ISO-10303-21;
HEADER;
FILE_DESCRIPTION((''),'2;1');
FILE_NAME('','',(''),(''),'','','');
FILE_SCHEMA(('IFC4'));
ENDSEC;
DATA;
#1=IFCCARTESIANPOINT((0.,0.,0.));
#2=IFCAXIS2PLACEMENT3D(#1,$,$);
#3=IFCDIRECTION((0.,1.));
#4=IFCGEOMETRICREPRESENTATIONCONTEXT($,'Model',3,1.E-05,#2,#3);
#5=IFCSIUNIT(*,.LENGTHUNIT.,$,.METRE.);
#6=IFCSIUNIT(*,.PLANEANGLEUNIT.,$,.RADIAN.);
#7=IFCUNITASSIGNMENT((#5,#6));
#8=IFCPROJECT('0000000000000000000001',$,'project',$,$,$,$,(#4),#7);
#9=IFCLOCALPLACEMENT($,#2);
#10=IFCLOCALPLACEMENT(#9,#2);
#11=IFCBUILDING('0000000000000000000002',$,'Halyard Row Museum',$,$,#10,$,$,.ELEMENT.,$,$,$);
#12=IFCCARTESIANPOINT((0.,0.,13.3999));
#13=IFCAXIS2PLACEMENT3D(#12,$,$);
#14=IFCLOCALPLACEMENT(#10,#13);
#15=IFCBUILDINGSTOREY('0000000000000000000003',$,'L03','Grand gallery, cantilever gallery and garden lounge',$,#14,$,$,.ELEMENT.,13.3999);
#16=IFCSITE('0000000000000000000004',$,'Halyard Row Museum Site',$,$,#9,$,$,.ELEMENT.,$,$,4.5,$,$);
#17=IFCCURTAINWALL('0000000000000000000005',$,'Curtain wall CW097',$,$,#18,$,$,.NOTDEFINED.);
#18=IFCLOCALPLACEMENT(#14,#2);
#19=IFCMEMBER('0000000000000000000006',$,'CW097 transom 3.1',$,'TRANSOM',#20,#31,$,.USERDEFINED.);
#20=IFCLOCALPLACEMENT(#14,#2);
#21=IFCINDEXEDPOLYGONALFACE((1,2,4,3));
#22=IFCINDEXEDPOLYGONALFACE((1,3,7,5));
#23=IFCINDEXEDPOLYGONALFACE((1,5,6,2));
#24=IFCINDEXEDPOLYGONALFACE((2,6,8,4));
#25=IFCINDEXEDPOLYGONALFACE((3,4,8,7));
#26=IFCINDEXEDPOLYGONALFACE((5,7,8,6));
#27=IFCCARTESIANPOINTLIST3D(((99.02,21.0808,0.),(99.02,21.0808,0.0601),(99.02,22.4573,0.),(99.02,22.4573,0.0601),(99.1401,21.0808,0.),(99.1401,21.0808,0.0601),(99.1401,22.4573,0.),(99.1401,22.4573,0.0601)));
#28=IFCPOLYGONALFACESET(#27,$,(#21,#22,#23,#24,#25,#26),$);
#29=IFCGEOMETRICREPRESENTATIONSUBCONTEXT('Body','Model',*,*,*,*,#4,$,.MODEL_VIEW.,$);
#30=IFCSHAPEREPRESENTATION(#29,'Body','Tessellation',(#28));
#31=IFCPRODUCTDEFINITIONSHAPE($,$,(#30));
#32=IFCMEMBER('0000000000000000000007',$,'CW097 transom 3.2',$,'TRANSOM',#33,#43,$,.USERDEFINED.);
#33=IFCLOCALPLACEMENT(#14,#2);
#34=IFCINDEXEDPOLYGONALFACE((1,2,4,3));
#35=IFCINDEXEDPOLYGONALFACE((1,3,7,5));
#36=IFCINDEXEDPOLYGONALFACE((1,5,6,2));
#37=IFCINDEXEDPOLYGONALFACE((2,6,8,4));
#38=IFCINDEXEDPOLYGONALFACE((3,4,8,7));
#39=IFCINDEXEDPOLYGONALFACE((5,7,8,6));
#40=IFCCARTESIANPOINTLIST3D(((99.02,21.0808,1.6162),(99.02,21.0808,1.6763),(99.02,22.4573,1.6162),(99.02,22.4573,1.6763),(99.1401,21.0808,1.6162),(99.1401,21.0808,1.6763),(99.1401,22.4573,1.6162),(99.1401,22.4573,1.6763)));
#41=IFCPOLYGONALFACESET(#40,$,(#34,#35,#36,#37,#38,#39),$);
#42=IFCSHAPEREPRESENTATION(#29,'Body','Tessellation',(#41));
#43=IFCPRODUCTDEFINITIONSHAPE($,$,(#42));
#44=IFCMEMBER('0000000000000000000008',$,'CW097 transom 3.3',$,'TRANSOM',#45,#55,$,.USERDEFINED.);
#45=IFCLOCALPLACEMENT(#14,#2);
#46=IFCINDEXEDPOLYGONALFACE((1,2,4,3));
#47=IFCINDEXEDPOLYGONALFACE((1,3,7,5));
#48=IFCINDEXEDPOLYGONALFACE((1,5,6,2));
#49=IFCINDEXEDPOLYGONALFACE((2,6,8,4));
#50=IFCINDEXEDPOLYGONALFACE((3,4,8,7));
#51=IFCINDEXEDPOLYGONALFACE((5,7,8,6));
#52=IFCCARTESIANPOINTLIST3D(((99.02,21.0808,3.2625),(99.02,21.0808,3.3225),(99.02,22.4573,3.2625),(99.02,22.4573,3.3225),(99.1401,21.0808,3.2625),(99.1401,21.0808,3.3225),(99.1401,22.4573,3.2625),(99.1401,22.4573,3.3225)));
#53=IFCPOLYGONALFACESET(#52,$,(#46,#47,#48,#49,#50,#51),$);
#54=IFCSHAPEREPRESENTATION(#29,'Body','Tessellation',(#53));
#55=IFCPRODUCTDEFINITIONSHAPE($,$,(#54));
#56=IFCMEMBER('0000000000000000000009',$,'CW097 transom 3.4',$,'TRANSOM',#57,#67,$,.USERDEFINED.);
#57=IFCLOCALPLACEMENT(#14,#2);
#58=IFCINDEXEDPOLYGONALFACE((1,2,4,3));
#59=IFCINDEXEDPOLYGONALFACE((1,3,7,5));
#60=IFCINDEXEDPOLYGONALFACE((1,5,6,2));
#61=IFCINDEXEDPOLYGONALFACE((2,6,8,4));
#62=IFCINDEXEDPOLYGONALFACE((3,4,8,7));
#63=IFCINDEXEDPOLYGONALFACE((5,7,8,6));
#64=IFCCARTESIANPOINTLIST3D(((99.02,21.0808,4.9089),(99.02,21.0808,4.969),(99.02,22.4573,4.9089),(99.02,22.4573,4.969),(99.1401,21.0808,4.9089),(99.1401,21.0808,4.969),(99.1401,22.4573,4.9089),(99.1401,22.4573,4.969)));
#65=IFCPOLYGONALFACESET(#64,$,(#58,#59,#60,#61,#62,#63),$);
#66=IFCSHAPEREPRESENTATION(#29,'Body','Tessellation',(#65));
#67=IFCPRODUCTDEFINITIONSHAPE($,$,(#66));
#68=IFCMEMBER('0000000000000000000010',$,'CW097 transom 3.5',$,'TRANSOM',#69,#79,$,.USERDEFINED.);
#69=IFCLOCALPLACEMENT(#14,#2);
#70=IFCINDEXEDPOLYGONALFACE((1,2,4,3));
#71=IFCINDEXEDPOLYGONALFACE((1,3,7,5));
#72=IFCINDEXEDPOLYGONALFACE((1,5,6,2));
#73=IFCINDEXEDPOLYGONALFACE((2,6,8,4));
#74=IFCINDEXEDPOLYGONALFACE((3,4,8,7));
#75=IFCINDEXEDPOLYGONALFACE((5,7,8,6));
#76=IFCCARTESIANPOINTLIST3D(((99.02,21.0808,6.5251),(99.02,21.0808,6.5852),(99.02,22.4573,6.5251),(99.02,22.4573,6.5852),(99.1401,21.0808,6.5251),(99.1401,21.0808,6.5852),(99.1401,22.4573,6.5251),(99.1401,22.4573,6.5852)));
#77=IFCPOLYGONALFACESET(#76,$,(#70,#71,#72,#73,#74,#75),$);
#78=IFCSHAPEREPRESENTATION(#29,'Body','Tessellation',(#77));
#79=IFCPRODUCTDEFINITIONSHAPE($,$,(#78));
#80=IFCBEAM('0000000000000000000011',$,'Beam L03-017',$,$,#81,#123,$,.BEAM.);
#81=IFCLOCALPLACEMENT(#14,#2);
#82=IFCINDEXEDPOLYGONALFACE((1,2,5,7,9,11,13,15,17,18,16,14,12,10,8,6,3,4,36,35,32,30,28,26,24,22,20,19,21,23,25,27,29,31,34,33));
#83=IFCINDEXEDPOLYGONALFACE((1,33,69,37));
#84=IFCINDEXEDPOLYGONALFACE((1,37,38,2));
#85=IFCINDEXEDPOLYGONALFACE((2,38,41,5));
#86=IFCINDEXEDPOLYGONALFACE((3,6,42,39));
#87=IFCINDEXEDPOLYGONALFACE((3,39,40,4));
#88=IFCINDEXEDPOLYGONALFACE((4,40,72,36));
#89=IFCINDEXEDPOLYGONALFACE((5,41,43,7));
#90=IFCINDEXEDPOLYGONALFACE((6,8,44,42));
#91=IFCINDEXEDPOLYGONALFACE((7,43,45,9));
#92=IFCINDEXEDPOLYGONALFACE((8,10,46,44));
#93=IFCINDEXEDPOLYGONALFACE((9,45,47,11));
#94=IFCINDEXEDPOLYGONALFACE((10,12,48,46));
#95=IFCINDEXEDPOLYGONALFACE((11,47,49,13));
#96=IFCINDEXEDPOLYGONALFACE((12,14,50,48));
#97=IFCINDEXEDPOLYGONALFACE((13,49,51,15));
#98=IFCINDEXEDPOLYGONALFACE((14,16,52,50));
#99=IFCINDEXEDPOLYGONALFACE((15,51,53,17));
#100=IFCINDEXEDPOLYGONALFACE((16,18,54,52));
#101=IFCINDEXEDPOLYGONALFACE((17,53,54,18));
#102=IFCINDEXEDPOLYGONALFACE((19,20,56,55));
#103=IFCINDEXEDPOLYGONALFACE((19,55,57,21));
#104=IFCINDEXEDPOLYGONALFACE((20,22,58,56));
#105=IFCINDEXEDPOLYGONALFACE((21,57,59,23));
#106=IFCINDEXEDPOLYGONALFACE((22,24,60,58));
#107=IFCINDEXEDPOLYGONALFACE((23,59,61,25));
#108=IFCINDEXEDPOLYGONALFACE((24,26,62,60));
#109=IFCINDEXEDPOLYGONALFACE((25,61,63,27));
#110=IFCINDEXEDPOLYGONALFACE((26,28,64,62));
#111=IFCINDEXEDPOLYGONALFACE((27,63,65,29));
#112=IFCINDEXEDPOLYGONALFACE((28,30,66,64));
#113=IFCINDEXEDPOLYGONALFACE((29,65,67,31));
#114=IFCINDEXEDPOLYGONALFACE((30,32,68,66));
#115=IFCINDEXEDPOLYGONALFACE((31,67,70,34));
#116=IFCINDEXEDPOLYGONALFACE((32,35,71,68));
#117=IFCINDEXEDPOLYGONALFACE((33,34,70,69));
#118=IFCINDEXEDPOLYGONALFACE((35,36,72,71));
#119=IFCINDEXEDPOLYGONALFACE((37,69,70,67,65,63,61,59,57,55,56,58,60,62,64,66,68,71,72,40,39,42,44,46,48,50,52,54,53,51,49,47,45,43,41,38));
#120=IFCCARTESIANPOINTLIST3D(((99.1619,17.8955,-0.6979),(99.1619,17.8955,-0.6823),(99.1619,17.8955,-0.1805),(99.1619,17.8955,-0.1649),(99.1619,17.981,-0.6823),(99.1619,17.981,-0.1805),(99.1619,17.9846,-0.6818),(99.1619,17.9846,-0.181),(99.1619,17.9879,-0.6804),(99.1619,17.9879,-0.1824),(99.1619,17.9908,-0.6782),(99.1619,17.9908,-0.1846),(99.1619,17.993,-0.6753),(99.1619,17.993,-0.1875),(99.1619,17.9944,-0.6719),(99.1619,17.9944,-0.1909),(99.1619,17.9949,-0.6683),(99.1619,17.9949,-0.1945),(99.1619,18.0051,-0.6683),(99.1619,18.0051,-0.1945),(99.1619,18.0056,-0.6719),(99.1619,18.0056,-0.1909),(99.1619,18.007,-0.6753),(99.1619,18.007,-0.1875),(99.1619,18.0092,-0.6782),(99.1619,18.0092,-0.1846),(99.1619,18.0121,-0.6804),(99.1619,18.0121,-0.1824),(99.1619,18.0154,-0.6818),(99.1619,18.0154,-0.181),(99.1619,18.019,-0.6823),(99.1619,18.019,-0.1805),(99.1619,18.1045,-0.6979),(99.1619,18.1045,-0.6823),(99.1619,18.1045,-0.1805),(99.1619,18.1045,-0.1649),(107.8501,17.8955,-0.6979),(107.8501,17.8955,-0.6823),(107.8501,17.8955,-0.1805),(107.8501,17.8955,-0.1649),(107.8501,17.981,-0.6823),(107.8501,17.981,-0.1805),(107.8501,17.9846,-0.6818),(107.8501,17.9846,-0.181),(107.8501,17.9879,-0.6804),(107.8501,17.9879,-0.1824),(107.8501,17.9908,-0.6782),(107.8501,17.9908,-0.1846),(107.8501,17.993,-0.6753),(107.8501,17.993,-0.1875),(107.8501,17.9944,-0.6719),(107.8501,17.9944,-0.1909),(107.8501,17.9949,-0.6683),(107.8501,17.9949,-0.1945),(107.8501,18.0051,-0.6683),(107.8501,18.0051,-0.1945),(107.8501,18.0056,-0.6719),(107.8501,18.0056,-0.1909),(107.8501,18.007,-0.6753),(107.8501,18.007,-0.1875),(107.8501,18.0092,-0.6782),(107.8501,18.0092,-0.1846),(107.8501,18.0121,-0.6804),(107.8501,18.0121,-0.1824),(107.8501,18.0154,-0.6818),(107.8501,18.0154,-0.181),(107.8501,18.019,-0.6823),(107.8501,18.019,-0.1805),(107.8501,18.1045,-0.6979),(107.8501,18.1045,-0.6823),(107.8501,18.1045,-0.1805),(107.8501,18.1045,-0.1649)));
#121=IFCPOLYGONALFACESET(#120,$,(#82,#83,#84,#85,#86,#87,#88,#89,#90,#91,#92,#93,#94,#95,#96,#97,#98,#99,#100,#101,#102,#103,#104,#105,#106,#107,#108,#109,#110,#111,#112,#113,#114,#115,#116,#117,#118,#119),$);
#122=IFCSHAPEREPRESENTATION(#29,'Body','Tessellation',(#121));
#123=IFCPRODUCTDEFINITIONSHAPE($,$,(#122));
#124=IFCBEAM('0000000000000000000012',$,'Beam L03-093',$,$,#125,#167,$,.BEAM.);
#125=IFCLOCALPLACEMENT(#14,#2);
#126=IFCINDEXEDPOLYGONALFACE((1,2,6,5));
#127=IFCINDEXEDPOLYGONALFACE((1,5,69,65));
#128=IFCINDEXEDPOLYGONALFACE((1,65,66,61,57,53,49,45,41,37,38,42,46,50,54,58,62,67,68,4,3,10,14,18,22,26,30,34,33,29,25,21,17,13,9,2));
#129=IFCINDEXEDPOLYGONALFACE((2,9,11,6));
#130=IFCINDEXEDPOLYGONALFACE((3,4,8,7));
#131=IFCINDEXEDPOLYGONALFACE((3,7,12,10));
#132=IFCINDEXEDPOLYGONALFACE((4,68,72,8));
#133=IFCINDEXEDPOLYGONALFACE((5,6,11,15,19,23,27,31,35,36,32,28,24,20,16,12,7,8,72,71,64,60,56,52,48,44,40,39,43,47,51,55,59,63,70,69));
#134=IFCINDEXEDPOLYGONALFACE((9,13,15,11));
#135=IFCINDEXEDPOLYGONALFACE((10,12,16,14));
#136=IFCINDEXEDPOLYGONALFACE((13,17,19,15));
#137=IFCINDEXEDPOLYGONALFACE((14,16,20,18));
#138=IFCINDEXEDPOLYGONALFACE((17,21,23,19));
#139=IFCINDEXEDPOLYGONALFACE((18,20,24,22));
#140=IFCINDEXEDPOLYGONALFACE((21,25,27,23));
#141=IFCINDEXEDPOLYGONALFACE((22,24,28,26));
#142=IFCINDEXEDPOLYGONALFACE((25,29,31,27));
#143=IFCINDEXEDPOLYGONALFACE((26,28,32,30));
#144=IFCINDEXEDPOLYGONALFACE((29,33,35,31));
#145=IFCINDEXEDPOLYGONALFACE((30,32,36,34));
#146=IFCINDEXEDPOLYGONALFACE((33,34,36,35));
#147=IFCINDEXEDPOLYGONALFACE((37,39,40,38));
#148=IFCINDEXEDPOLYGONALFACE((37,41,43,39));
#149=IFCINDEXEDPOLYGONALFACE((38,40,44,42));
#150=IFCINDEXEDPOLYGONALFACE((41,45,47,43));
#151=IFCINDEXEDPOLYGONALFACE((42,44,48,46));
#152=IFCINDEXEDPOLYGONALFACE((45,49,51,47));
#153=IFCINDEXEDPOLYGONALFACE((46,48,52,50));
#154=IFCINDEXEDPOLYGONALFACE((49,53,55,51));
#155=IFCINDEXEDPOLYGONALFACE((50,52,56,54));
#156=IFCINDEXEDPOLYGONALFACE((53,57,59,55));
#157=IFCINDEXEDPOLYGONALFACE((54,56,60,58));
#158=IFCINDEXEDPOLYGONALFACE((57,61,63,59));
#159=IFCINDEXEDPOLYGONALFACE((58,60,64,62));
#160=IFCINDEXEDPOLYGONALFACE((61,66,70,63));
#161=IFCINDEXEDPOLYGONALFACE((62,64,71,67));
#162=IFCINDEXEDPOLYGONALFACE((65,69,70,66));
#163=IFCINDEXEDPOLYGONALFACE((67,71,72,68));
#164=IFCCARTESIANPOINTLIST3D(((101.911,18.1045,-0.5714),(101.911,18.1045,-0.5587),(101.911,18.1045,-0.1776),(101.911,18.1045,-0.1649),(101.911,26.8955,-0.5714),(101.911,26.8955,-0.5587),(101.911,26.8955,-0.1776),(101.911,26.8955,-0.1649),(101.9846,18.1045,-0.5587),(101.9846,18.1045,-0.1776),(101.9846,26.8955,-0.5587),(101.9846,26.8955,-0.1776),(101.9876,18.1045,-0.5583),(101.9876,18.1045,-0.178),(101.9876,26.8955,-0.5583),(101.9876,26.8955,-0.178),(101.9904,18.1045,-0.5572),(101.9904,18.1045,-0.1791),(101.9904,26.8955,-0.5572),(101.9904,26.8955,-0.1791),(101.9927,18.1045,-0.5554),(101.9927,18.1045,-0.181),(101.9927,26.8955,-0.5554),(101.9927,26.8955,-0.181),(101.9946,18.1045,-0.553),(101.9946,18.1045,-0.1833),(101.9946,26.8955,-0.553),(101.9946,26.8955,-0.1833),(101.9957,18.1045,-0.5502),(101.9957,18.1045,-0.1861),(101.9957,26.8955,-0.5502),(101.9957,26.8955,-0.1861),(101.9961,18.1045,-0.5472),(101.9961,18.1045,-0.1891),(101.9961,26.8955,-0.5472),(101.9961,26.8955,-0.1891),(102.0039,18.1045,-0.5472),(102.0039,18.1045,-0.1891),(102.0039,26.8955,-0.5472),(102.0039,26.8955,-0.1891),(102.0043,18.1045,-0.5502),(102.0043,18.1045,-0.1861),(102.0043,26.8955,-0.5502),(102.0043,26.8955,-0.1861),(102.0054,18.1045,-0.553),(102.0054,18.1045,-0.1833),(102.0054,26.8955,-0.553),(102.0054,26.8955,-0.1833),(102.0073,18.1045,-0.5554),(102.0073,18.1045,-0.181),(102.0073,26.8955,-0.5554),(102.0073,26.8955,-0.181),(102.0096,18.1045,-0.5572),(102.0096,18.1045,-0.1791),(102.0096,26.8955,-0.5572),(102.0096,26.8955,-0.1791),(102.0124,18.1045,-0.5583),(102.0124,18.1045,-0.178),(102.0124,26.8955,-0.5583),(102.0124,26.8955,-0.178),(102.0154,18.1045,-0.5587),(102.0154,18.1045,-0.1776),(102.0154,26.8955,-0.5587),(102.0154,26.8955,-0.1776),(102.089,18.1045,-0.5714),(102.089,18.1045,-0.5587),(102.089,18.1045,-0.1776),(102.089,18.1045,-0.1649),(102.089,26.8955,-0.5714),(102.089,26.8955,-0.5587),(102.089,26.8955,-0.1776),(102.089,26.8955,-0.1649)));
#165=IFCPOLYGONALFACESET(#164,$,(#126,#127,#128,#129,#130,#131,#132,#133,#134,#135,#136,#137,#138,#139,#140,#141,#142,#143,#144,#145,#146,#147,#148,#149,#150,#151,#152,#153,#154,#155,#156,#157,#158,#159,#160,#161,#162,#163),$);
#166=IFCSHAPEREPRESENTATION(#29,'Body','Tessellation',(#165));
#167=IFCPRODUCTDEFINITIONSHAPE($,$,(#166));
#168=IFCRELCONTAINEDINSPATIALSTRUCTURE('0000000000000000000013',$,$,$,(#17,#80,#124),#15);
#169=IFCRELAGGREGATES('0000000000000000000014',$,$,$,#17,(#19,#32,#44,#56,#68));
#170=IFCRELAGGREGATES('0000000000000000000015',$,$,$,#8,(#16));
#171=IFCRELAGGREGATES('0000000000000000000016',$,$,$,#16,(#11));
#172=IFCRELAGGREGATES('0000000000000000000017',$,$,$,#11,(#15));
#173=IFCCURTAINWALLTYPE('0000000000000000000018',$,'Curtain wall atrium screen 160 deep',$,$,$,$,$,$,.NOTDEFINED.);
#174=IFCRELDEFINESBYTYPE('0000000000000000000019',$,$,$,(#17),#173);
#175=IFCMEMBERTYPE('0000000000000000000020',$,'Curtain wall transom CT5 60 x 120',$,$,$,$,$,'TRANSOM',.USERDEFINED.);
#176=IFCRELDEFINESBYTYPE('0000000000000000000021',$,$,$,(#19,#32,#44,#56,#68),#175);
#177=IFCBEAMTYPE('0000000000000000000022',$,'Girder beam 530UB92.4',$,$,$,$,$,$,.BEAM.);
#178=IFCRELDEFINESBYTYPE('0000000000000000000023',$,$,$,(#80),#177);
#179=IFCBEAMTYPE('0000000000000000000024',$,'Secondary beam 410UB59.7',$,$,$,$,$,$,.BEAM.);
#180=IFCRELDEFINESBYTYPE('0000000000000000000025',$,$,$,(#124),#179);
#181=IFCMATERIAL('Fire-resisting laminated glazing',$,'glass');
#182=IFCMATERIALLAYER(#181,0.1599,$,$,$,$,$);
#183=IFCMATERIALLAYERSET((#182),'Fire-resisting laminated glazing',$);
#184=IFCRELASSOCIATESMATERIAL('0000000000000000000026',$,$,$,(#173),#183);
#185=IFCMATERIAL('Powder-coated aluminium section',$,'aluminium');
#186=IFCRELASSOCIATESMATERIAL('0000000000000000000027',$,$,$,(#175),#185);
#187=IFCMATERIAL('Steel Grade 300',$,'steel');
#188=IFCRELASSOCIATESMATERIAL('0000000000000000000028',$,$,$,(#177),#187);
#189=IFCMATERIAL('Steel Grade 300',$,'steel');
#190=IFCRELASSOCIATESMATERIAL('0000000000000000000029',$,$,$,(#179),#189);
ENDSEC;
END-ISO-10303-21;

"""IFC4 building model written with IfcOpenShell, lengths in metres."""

from ifc_helpers import new_model, si_unit, direction, frame, origin, origin_2d, place, context, subcontext, project, spatial, rectangle, i_section, extrude, material, layer, layer_set, material_profile, profile_set, type_object, element, aggregate, save


model = new_model("IFC4")

# Units and contexts
model_context = context("Model", 3, precision=1e-05, world=origin(), true_north=direction((0.0, 1.0)))
body_context = subcontext(model_context, "Body", "Model", "MODEL_VIEW")
ifc_project = project(units=[si_unit("LENGTHUNIT", "METRE"), si_unit("PLANEANGLEUNIT", "RADIAN")], contexts=[model_context])

# Site, building, storey
site_placement = place(None, origin())
site = spatial("IfcSite", under=ifc_project, at=site_placement, Name="Halyard Row Museum Site", CompositionType="ELEMENT", RefElevation=4.5)
building_placement = place(site_placement, origin())
building = spatial("IfcBuilding", under=site, at=building_placement, Name="Halyard Row Museum", CompositionType="ELEMENT")
storey_placement = place(building_placement, frame((0.0, 0.0, 13.3999)))
storey = spatial("IfcBuildingStorey", under=building, at=storey_placement, Name="L03", Description="Grand gallery, cantilever gallery and garden lounge", CompositionType="ELEMENT", Elevation=13.3999)

# Curtain wall
ifc_material_1 = material(Name="Fire-resisting laminated glazing", Category="glass")
ifc_layer_1 = layer(ifc_material_1, 0.1599)
ifc_layer_set_1 = layer_set([ifc_layer_1], Name="Fire-resisting laminated glazing")
curtain_wall_type_1 = type_object("IfcCurtainWallType", Name="Curtain wall atrium screen 160 deep", PredefinedType="NOTDEFINED", material=ifc_layer_set_1)
curtain_wall_1_placement = place(storey_placement, origin())
curtain_wall_1 = element("IfcCurtainWall", 1, at=curtain_wall_1_placement, inside=storey, type_object=curtain_wall_type_1, Name="Curtain wall CW097", PredefinedType="NOTDEFINED")

# Members
ifc_material_2 = material(Name="Powder-coated aluminium section", Category="aluminium")
ifc_material_profile_1 = material_profile(ifc_material_2, rectangle(XDim=0.1201, YDim=0.0601, at=origin_2d()), Name="120x60 transom")
ifc_profile_set_1 = profile_set([ifc_material_profile_1], Name="Powder-coated aluminium section")
member_type_1 = type_object("IfcMemberType", Name="Curtain wall transom CT5 60 x 120", ElementType="TRANSOM", PredefinedType="USERDEFINED", material=ifc_profile_set_1)
member_1_placement = place(storey_placement, frame((99.0801, 21.0808, 0.03), z_axis=(0.0, 1.0, 0.0), x_axis=(-1.0, 0.0, 0.0)))
member_1 = element("IfcMember", 2, at=member_1_placement, type_object=member_type_1, Name="CW097 transom 3.1", ObjectType="TRANSOM", PredefinedType="USERDEFINED", context=body_context, shape_type="SweptSolid", body=[
    extrude(rectangle(XDim=0.1201, YDim=0.0601, at=origin_2d()), origin(), (0.0, 0.0, 1.0), 1.3765),
])
member_2_placement = place(storey_placement, frame((99.0801, 21.0808, 1.6462), z_axis=(0.0, 1.0, 0.0), x_axis=(-1.0, 0.0, 0.0)))
member_2 = element("IfcMember", 3, at=member_2_placement, type_object=member_type_1, Name="CW097 transom 3.2", ObjectType="TRANSOM", PredefinedType="USERDEFINED", context=body_context, shape_type="SweptSolid", body=[
    extrude(rectangle(XDim=0.1201, YDim=0.0601, at=origin_2d()), origin(), (0.0, 0.0, 1.0), 1.3765),
])
member_3_placement = place(storey_placement, frame((99.0801, 21.0808, 3.2925), z_axis=(0.0, 1.0, 0.0), x_axis=(-1.0, 0.0, 0.0)))
member_3 = element("IfcMember", 4, at=member_3_placement, type_object=member_type_1, Name="CW097 transom 3.3", ObjectType="TRANSOM", PredefinedType="USERDEFINED", context=body_context, shape_type="SweptSolid", body=[
    extrude(rectangle(XDim=0.1201, YDim=0.0601, at=origin_2d()), origin(), (0.0, 0.0, 1.0), 1.3765),
])
member_4_placement = place(storey_placement, frame((99.0801, 21.0808, 4.939), z_axis=(0.0, 1.0, 0.0), x_axis=(-1.0, 0.0, 0.0)))
member_4 = element("IfcMember", 5, at=member_4_placement, type_object=member_type_1, Name="CW097 transom 3.4", ObjectType="TRANSOM", PredefinedType="USERDEFINED", context=body_context, shape_type="SweptSolid", body=[
    extrude(rectangle(XDim=0.1201, YDim=0.0601, at=origin_2d()), origin(), (0.0, 0.0, 1.0), 1.3765),
])
member_5_placement = place(storey_placement, frame((99.0801, 21.0808, 6.5552), z_axis=(0.0, 1.0, 0.0), x_axis=(-1.0, 0.0, 0.0)))
member_5 = element("IfcMember", 6, at=member_5_placement, type_object=member_type_1, Name="CW097 transom 3.5", ObjectType="TRANSOM", PredefinedType="USERDEFINED", context=body_context, shape_type="SweptSolid", body=[
    extrude(rectangle(XDim=0.1201, YDim=0.0601, at=origin_2d()), origin(), (0.0, 0.0, 1.0), 1.3765),
])

# Beams
ifc_material_3 = material(Name="Steel Grade 300", Category="steel")
ifc_material_profile_2 = material_profile(ifc_material_3, i_section(OverallWidth=0.209, OverallDepth=0.533, WebThickness=0.0103, FlangeThickness=0.0156, FilletRadius=0.0139, at=origin_2d()), Name="530UB92.4")
ifc_profile_set_2 = profile_set([ifc_material_profile_2], Name="Steel Grade 300")
beam_type_1 = type_object("IfcBeamType", Name="Girder beam 530UB92.4", PredefinedType="BEAM", material=ifc_profile_set_2)
beam_1_placement = place(storey_placement, frame((99.1619, 18.0, -0.4314), z_axis=(1.0, 0.0, 0.0), x_axis=(0.0, 1.0, 0.0)))
element("IfcBeam", 7, at=beam_1_placement, inside=storey, type_object=beam_type_1, Name="Beam L03-017", PredefinedType="BEAM", context=body_context, shape_type="SweptSolid", body=[
    extrude(i_section(OverallWidth=0.209, OverallDepth=0.533, WebThickness=0.0103, FlangeThickness=0.0156, FilletRadius=0.0139, at=origin_2d()), origin(), (0.0, 0.0, 1.0), 8.6882),
])
ifc_material_4 = material(Name="Steel Grade 300", Category="steel")
ifc_material_profile_3 = material_profile(ifc_material_4, i_section(OverallWidth=0.178, OverallDepth=0.4065, WebThickness=0.0078, FlangeThickness=0.0127, FilletRadius=0.0115, at=origin_2d()), Name="410UB59.7")
ifc_profile_set_3 = profile_set([ifc_material_profile_3], Name="Steel Grade 300")
beam_type_2 = type_object("IfcBeamType", Name="Secondary beam 410UB59.7", PredefinedType="BEAM", material=ifc_profile_set_3)
beam_2_placement = place(storey_placement, frame((102.0, 18.1045, -0.3682), z_axis=(0.0, 1.0, 0.0), x_axis=(-1.0, 0.0, 0.0)))
element("IfcBeam", 8, at=beam_2_placement, inside=storey, type_object=beam_type_2, Name="Beam L03-093", PredefinedType="BEAM", context=body_context, shape_type="SweptSolid", body=[
    extrude(i_section(OverallWidth=0.178, OverallDepth=0.4065, WebThickness=0.0078, FlangeThickness=0.0127, FilletRadius=0.0115, at=origin_2d()), origin(), (0.0, 0.0, 1.0), 8.791),
])

aggregate(curtain_wall_1, [member_1, member_2, member_3, member_4, member_5])

save(model, "model.ifc")
